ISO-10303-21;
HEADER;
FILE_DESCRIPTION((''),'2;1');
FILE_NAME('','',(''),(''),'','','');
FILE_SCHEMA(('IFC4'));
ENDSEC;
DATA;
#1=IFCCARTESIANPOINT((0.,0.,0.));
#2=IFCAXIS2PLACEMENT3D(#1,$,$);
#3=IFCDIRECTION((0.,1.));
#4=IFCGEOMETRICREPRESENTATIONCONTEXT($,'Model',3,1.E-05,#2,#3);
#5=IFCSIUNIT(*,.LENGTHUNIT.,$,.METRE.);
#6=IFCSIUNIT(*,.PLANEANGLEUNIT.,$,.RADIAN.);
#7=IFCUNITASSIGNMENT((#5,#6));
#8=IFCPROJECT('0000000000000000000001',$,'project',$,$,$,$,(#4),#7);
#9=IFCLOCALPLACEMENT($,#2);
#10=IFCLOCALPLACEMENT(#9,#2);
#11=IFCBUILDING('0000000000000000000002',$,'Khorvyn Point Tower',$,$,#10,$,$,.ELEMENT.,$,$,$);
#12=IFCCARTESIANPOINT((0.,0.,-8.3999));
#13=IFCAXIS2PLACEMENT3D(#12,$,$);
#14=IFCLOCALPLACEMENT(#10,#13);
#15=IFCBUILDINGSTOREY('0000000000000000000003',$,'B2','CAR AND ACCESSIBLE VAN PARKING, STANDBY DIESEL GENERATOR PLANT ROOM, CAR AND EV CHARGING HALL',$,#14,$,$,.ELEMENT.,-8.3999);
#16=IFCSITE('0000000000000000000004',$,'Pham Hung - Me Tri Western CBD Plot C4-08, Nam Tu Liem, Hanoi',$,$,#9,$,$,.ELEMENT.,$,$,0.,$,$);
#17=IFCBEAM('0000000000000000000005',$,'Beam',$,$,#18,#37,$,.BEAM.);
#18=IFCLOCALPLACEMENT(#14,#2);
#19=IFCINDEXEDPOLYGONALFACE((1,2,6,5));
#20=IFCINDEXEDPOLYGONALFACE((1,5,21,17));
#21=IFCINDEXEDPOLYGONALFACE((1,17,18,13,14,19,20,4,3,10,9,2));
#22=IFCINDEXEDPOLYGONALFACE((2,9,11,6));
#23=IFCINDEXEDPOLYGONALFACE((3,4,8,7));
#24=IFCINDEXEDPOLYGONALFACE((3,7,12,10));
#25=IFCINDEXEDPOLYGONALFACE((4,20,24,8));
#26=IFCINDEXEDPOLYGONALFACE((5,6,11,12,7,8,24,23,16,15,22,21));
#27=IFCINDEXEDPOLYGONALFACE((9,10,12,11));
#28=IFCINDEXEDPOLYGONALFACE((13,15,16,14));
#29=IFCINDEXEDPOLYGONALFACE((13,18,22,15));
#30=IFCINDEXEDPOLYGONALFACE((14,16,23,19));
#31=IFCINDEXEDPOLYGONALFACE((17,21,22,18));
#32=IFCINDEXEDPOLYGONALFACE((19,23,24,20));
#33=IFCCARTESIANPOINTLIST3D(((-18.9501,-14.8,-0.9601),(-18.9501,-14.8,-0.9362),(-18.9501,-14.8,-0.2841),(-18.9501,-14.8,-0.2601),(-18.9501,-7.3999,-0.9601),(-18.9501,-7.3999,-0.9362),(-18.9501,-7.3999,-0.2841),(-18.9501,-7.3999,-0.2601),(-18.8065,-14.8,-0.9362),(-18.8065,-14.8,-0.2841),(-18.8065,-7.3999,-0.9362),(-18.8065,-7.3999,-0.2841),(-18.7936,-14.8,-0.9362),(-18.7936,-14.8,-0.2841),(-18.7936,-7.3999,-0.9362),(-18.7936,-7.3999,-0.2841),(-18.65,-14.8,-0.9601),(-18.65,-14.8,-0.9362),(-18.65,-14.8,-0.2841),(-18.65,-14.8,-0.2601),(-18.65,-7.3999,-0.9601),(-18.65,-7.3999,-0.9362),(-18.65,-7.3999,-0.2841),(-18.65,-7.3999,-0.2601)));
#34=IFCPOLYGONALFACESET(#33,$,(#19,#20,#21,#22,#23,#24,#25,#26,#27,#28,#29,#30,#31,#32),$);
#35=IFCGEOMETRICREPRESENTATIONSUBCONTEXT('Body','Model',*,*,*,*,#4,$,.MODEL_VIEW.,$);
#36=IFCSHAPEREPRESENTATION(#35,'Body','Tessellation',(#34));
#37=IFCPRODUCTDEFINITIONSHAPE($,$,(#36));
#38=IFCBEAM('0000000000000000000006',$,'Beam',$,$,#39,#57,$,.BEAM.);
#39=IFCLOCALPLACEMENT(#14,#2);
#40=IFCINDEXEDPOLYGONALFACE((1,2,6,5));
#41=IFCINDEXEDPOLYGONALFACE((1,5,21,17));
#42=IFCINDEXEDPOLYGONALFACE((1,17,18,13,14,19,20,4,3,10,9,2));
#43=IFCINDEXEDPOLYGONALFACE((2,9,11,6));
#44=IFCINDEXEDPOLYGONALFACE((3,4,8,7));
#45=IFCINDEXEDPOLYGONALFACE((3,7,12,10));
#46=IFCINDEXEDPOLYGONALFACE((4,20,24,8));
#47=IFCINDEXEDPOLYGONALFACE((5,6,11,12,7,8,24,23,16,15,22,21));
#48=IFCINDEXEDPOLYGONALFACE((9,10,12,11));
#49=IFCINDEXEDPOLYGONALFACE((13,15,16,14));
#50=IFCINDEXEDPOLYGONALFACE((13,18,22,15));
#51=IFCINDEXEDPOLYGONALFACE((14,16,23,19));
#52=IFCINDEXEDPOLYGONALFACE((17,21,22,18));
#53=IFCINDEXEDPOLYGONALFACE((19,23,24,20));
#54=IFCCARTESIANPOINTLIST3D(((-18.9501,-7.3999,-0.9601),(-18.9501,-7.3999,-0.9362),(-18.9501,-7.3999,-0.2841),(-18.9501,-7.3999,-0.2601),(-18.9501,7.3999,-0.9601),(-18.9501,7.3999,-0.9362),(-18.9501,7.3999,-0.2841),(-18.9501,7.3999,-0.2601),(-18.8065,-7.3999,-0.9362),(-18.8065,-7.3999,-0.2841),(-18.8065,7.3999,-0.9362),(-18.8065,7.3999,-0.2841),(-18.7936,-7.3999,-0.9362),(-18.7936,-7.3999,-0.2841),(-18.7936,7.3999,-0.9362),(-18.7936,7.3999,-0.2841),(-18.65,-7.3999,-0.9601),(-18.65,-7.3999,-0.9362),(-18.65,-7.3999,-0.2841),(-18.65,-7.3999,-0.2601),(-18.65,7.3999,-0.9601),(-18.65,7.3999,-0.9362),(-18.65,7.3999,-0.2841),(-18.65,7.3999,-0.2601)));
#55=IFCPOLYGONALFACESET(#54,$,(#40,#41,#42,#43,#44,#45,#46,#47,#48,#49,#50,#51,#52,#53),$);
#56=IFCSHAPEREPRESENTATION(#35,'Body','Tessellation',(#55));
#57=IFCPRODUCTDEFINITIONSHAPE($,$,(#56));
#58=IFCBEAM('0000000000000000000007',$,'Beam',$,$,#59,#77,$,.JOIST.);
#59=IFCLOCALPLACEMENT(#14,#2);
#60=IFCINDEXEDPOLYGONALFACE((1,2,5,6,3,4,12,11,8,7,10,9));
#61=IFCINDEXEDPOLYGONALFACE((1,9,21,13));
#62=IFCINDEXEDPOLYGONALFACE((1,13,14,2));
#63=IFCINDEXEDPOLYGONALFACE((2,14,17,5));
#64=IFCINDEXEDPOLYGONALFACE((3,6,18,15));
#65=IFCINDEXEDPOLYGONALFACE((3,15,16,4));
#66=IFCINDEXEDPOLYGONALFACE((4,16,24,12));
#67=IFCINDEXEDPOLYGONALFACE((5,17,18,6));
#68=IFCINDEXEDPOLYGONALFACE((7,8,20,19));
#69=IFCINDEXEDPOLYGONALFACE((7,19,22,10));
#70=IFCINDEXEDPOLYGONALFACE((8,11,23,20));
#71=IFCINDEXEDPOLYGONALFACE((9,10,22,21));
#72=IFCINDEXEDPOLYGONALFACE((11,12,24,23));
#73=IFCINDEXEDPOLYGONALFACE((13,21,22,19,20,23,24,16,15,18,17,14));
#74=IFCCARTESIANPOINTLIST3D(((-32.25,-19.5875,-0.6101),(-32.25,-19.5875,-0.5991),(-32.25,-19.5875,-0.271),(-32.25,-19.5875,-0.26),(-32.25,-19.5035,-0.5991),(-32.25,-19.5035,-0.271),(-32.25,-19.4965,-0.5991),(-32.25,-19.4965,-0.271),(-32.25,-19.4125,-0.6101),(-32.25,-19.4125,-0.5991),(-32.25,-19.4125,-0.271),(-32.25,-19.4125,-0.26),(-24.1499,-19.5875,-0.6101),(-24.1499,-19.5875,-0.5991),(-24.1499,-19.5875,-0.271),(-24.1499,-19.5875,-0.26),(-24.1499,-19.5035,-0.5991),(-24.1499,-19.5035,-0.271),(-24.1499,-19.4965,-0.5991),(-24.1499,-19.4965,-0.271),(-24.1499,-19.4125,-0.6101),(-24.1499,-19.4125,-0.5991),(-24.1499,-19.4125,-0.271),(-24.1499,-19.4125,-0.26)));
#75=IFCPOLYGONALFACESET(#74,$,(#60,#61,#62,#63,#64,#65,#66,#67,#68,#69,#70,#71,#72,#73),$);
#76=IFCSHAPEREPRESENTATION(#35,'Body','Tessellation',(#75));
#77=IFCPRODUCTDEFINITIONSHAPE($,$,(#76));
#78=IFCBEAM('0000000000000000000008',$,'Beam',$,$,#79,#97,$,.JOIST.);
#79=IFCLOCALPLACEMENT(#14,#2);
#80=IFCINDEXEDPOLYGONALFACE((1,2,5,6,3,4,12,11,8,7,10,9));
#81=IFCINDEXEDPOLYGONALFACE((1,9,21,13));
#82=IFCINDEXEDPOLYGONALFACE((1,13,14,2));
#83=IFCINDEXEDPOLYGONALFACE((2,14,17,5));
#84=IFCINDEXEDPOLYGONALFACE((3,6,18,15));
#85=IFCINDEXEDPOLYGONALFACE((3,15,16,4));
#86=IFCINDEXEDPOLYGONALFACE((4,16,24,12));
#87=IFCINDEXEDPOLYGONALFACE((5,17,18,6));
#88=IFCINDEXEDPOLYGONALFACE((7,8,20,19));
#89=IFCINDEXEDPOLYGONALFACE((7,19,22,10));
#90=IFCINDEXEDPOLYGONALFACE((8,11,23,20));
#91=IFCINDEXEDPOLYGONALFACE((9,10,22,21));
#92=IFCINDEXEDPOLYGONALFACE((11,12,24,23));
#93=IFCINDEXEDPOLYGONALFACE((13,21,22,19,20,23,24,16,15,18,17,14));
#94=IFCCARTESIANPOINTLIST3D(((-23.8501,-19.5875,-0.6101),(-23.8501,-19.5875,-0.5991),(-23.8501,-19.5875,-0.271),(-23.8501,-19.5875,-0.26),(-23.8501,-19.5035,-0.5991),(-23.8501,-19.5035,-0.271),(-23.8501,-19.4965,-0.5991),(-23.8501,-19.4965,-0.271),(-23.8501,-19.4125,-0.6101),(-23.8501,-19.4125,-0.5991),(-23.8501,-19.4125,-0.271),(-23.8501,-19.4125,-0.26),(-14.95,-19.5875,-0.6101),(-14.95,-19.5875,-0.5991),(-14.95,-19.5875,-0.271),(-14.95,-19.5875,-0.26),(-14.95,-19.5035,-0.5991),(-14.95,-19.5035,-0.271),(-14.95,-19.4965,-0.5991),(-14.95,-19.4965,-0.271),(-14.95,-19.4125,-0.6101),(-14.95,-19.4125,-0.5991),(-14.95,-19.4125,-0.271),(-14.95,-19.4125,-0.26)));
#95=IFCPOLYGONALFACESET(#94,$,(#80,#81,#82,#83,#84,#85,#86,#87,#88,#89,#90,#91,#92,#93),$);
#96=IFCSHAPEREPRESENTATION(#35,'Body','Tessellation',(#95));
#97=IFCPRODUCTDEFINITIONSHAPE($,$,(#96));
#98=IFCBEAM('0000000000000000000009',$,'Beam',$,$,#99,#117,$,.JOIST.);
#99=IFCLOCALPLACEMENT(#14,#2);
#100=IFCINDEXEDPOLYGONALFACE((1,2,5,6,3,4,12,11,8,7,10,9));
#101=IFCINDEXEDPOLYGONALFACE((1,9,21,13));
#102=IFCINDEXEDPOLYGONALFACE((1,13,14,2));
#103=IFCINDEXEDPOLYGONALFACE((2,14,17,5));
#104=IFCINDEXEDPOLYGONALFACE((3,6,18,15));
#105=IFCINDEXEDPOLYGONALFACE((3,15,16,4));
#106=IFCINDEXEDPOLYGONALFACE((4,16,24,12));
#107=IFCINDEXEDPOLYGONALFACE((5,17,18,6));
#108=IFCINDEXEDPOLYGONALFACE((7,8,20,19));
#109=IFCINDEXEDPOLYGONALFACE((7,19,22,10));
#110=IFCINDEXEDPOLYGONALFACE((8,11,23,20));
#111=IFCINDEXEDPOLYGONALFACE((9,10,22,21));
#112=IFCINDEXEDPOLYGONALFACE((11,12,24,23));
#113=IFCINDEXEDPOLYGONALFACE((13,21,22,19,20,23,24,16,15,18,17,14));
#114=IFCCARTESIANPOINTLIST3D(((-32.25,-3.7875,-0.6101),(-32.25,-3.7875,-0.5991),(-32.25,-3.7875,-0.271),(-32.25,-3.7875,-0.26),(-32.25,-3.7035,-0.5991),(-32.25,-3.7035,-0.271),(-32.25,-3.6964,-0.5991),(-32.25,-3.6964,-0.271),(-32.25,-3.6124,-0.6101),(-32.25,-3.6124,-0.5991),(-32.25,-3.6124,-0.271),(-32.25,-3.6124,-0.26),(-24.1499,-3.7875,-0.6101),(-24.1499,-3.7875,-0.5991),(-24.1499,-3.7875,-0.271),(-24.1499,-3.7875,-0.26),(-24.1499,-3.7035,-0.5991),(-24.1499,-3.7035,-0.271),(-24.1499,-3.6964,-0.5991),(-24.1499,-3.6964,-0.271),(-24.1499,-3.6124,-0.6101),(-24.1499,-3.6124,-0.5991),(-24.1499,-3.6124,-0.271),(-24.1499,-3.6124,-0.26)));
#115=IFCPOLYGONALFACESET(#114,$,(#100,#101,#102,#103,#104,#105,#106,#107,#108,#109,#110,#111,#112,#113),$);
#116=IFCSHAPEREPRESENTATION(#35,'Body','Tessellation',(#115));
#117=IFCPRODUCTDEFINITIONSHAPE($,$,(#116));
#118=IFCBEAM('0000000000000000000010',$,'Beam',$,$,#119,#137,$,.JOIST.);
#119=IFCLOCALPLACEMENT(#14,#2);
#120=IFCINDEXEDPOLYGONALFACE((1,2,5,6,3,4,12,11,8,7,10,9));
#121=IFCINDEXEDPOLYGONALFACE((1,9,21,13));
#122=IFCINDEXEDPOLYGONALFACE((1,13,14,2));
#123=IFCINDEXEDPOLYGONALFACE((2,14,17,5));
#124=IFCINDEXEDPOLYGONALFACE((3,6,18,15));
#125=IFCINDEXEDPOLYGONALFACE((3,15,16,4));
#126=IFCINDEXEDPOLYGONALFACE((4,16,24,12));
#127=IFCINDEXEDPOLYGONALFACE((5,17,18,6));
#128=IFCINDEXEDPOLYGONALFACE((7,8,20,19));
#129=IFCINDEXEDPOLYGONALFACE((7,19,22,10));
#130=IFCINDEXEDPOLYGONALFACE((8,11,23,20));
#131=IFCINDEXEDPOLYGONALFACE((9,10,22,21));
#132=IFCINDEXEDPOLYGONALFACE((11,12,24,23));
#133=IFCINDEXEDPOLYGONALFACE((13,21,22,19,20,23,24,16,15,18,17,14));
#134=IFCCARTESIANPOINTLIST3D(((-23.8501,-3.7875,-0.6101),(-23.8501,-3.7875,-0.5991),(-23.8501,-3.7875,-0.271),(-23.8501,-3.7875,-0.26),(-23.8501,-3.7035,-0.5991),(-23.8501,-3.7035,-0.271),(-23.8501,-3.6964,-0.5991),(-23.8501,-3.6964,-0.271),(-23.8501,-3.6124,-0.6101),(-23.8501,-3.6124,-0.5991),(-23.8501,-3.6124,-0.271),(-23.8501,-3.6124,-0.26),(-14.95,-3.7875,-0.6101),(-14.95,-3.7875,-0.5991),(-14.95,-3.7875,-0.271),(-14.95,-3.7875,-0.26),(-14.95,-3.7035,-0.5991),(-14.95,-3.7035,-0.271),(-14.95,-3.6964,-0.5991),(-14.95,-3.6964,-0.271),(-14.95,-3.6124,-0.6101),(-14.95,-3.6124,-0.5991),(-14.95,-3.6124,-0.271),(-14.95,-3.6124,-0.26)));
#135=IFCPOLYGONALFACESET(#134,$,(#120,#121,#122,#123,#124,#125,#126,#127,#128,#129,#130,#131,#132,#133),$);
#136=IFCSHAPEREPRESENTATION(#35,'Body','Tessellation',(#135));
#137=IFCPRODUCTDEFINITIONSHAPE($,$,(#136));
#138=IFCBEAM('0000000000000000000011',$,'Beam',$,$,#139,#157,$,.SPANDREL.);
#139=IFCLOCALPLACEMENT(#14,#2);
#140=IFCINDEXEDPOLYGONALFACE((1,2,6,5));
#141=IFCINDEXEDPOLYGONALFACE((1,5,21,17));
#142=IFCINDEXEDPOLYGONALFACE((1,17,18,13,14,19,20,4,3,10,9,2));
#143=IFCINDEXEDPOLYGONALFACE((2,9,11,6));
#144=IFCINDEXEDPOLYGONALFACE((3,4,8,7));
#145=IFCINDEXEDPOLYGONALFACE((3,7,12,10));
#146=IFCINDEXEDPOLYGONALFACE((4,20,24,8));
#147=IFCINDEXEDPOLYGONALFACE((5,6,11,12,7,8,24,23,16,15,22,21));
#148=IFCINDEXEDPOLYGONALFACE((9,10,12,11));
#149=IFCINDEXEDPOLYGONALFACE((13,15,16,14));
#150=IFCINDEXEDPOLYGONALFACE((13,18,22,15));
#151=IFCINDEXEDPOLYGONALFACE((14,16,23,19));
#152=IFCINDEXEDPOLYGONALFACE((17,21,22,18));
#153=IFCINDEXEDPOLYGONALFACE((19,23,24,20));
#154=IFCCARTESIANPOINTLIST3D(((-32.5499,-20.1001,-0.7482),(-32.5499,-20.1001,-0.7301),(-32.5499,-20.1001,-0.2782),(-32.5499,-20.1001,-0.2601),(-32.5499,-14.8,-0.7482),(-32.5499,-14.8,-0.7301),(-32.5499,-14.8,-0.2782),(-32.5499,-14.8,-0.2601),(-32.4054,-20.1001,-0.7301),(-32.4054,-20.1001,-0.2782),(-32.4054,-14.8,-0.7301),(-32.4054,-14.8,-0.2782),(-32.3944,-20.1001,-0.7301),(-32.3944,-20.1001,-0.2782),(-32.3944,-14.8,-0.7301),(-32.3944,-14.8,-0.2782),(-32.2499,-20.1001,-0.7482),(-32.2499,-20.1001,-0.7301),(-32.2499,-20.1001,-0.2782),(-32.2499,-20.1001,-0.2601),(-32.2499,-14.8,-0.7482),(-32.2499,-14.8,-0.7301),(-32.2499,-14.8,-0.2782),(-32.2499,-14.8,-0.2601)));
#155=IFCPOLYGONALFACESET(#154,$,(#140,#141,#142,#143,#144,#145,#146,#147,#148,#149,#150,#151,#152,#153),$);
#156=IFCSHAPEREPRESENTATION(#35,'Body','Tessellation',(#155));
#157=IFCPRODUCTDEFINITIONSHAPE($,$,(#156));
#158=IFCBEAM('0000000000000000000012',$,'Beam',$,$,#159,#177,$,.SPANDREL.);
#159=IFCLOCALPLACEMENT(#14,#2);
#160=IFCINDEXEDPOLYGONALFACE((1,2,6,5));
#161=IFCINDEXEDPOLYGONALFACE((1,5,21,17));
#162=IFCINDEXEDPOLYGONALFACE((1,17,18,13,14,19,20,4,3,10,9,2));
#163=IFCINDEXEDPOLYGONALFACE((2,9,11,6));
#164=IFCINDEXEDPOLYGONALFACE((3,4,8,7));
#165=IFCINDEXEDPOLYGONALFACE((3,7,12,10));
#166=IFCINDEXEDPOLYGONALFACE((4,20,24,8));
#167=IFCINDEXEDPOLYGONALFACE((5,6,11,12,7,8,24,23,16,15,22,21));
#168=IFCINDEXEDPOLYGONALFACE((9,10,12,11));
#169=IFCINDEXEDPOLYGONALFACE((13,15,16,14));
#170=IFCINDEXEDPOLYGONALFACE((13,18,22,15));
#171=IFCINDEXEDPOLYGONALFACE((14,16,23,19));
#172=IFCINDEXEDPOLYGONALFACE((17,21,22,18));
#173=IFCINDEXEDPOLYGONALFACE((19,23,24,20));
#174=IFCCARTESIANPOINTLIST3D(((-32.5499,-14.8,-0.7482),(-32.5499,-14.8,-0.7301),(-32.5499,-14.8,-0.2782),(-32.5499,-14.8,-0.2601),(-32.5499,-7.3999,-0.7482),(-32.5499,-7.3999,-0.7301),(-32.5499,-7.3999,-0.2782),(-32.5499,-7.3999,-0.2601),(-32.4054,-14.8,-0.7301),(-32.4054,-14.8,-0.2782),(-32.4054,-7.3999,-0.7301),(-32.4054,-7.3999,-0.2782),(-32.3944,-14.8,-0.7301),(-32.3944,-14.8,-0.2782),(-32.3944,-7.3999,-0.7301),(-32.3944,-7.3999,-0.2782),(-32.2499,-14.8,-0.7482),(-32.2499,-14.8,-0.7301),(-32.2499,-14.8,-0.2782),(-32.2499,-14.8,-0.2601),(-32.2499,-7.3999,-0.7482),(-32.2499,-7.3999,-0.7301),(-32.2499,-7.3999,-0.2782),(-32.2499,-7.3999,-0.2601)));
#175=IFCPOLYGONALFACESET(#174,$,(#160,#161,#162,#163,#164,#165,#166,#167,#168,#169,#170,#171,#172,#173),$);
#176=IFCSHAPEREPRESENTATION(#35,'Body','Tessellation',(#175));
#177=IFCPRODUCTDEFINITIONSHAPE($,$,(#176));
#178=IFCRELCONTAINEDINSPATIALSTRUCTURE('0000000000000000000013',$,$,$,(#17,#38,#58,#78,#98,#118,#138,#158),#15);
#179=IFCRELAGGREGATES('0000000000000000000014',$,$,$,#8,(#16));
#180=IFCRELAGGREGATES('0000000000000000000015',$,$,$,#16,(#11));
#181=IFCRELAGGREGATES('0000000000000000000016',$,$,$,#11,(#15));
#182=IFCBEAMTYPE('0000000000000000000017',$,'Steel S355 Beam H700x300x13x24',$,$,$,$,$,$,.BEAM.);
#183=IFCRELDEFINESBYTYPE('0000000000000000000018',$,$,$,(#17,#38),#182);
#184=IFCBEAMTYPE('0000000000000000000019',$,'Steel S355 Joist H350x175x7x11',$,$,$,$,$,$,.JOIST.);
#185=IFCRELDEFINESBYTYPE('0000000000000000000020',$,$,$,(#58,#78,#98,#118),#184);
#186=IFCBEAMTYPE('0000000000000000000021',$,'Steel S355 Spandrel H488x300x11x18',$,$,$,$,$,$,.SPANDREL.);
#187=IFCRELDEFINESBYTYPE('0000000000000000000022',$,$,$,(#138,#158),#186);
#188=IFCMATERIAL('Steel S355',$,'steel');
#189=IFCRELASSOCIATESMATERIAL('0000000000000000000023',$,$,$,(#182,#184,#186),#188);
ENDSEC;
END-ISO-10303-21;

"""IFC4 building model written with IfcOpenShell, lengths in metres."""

from ifc_helpers import new_model, si_unit, direction, frame, origin, origin_2d, place, context, subcontext, project, spatial, i_section, extrude, material, material_profile, profile_set, type_object, element, save


model = new_model("IFC4")

# Units and contexts
model_context = context("Model", 3, precision=1e-05, world=origin(), true_north=direction((0.0, 1.0)))
body_context = subcontext(model_context, "Body", "Model", "MODEL_VIEW")
ifc_project = project(units=[si_unit("LENGTHUNIT", "METRE"), si_unit("PLANEANGLEUNIT", "RADIAN")], contexts=[model_context])

# Site, building, storey
site_placement = place(None, origin())
site = spatial("IfcSite", under=ifc_project, at=site_placement, Name="Pham Hung - Me Tri Western CBD Plot C4-08, Nam Tu Liem, Hanoi", CompositionType="ELEMENT", RefElevation=0.0)
building_placement = place(site_placement, origin())
building = spatial("IfcBuilding", under=site, at=building_placement, Name="Khorvyn Point Tower", CompositionType="ELEMENT")
storey_placement = place(building_placement, frame((0.0, 0.0, -8.3999)))
storey = spatial("IfcBuildingStorey", under=building, at=storey_placement, Name="B2", Description="CAR AND ACCESSIBLE VAN PARKING, STANDBY DIESEL GENERATOR PLANT ROOM, CAR AND EV CHARGING HALL", CompositionType="ELEMENT", Elevation=-8.3999)

# Beams
ifc_material_1 = material(Name="Steel S355", Category="steel")
ifc_material_profile_1 = material_profile(ifc_material_1, i_section(OverallWidth=0.3, OverallDepth=0.7, WebThickness=0.0129, FlangeThickness=0.0239, at=origin_2d()))
ifc_profile_set_1 = profile_set([ifc_material_profile_1], Name="Steel S355 H700x300x13x24")
beam_type_1 = type_object("IfcBeamType", Name="Steel S355 Beam H700x300x13x24", PredefinedType="BEAM", material=ifc_profile_set_1)
beam_1_placement = place(storey_placement, frame((-18.8, -14.8, -0.6101), z_axis=(0.0, 1.0, 0.0), x_axis=(-1.0, 0.0, 0.0)))
element("IfcBeam", 1, at=beam_1_placement, inside=storey, type_object=beam_type_1, Name="Beam", PredefinedType="BEAM", context=body_context, shape_type="SweptSolid", body=[
    extrude(i_section(OverallWidth=0.3, OverallDepth=0.7, WebThickness=0.0129, FlangeThickness=0.0239, at=origin_2d()), origin(), (0.0, 0.0, 1.0), 7.4001),
])
beam_2_placement = place(storey_placement, frame((-18.8, -7.3999, -0.6101), z_axis=(0.0, 1.0, 0.0), x_axis=(-1.0, 0.0, 0.0)))
element("IfcBeam", 2, at=beam_2_placement, inside=storey, type_object=beam_type_1, Name="Beam", PredefinedType="BEAM", context=body_context, shape_type="SweptSolid", body=[
    extrude(i_section(OverallWidth=0.3, OverallDepth=0.7, WebThickness=0.0129, FlangeThickness=0.0239, at=origin_2d()), origin(), (0.0, 0.0, 1.0), 14.7998),
])
ifc_material_profile_2 = material_profile(ifc_material_1, i_section(OverallWidth=0.175, OverallDepth=0.3501, WebThickness=0.0071, FlangeThickness=0.011, at=origin_2d()))
ifc_profile_set_2 = profile_set([ifc_material_profile_2], Name="Steel S355 H350x175x7x11")
beam_type_2 = type_object("IfcBeamType", Name="Steel S355 Joist H350x175x7x11", PredefinedType="JOIST", material=ifc_profile_set_2)
beam_3_placement = place(storey_placement, frame((-32.25, -19.5, -0.4351), z_axis=(1.0, 0.0, 0.0), x_axis=(0.0, 1.0, 0.0)))
element("IfcBeam", 3, at=beam_3_placement, inside=storey, type_object=beam_type_2, Name="Beam", PredefinedType="JOIST", context=body_context, shape_type="SweptSolid", body=[
    extrude(i_section(OverallWidth=0.175, OverallDepth=0.3501, WebThickness=0.0071, FlangeThickness=0.011, at=origin_2d()), origin(), (0.0, 0.0, 1.0), 8.1001),
])
beam_4_placement = place(storey_placement, frame((-23.8501, -19.5, -0.4351), z_axis=(1.0, 0.0, 0.0), x_axis=(0.0, 1.0, 0.0)))
element("IfcBeam", 4, at=beam_4_placement, inside=storey, type_object=beam_type_2, Name="Beam", PredefinedType="JOIST", context=body_context, shape_type="SweptSolid", body=[
    extrude(i_section(OverallWidth=0.175, OverallDepth=0.3501, WebThickness=0.0071, FlangeThickness=0.011, at=origin_2d()), origin(), (0.0, 0.0, 1.0), 8.9001),
])
beam_5_placement = place(storey_placement, frame((-32.25, -3.7, -0.4351), z_axis=(1.0, 0.0, 0.0), x_axis=(0.0, 1.0, 0.0)))
element("IfcBeam", 5, at=beam_5_placement, inside=storey, type_object=beam_type_2, Name="Beam", PredefinedType="JOIST", context=body_context, shape_type="SweptSolid", body=[
    extrude(i_section(OverallWidth=0.175, OverallDepth=0.3501, WebThickness=0.0071, FlangeThickness=0.011, at=origin_2d()), origin(), (0.0, 0.0, 1.0), 8.1001),
])
beam_6_placement = place(storey_placement, frame((-23.8501, -3.7, -0.4351), z_axis=(1.0, 0.0, 0.0), x_axis=(0.0, 1.0, 0.0)))
element("IfcBeam", 6, at=beam_6_placement, inside=storey, type_object=beam_type_2, Name="Beam", PredefinedType="JOIST", context=body_context, shape_type="SweptSolid", body=[
    extrude(i_section(OverallWidth=0.175, OverallDepth=0.3501, WebThickness=0.0071, FlangeThickness=0.011, at=origin_2d()), origin(), (0.0, 0.0, 1.0), 8.9001),
])
ifc_material_profile_3 = material_profile(ifc_material_1, i_section(OverallWidth=0.3, OverallDepth=0.488, WebThickness=0.011, FlangeThickness=0.0181, at=origin_2d()))
ifc_profile_set_3 = profile_set([ifc_material_profile_3], Name="Steel S355 H488x300x11x18")
beam_type_3 = type_object("IfcBeamType", Name="Steel S355 Spandrel H488x300x11x18", PredefinedType="SPANDREL", material=ifc_profile_set_3)
beam_7_placement = place(storey_placement, frame((-32.3999, -20.1001, -0.5042), z_axis=(0.0, 1.0, 0.0), x_axis=(-1.0, 0.0, 0.0)))
element("IfcBeam", 7, at=beam_7_placement, inside=storey, type_object=beam_type_3, Name="Beam", PredefinedType="SPANDREL", context=body_context, shape_type="SweptSolid", body=[
    extrude(i_section(OverallWidth=0.3, OverallDepth=0.488, WebThickness=0.011, FlangeThickness=0.0181, at=origin_2d()), origin(), (0.0, 0.0, 1.0), 5.3),
])
beam_8_placement = place(storey_placement, frame((-32.3999, -14.8, -0.5042), z_axis=(0.0, 1.0, 0.0), x_axis=(-1.0, 0.0, 0.0)))
element("IfcBeam", 8, at=beam_8_placement, inside=storey, type_object=beam_type_3, Name="Beam", PredefinedType="SPANDREL", context=body_context, shape_type="SweptSolid", body=[
    extrude(i_section(OverallWidth=0.3, OverallDepth=0.488, WebThickness=0.011, FlangeThickness=0.0181, at=origin_2d()), origin(), (0.0, 0.0, 1.0), 7.4001),
])

save(model, "model.ifc")
